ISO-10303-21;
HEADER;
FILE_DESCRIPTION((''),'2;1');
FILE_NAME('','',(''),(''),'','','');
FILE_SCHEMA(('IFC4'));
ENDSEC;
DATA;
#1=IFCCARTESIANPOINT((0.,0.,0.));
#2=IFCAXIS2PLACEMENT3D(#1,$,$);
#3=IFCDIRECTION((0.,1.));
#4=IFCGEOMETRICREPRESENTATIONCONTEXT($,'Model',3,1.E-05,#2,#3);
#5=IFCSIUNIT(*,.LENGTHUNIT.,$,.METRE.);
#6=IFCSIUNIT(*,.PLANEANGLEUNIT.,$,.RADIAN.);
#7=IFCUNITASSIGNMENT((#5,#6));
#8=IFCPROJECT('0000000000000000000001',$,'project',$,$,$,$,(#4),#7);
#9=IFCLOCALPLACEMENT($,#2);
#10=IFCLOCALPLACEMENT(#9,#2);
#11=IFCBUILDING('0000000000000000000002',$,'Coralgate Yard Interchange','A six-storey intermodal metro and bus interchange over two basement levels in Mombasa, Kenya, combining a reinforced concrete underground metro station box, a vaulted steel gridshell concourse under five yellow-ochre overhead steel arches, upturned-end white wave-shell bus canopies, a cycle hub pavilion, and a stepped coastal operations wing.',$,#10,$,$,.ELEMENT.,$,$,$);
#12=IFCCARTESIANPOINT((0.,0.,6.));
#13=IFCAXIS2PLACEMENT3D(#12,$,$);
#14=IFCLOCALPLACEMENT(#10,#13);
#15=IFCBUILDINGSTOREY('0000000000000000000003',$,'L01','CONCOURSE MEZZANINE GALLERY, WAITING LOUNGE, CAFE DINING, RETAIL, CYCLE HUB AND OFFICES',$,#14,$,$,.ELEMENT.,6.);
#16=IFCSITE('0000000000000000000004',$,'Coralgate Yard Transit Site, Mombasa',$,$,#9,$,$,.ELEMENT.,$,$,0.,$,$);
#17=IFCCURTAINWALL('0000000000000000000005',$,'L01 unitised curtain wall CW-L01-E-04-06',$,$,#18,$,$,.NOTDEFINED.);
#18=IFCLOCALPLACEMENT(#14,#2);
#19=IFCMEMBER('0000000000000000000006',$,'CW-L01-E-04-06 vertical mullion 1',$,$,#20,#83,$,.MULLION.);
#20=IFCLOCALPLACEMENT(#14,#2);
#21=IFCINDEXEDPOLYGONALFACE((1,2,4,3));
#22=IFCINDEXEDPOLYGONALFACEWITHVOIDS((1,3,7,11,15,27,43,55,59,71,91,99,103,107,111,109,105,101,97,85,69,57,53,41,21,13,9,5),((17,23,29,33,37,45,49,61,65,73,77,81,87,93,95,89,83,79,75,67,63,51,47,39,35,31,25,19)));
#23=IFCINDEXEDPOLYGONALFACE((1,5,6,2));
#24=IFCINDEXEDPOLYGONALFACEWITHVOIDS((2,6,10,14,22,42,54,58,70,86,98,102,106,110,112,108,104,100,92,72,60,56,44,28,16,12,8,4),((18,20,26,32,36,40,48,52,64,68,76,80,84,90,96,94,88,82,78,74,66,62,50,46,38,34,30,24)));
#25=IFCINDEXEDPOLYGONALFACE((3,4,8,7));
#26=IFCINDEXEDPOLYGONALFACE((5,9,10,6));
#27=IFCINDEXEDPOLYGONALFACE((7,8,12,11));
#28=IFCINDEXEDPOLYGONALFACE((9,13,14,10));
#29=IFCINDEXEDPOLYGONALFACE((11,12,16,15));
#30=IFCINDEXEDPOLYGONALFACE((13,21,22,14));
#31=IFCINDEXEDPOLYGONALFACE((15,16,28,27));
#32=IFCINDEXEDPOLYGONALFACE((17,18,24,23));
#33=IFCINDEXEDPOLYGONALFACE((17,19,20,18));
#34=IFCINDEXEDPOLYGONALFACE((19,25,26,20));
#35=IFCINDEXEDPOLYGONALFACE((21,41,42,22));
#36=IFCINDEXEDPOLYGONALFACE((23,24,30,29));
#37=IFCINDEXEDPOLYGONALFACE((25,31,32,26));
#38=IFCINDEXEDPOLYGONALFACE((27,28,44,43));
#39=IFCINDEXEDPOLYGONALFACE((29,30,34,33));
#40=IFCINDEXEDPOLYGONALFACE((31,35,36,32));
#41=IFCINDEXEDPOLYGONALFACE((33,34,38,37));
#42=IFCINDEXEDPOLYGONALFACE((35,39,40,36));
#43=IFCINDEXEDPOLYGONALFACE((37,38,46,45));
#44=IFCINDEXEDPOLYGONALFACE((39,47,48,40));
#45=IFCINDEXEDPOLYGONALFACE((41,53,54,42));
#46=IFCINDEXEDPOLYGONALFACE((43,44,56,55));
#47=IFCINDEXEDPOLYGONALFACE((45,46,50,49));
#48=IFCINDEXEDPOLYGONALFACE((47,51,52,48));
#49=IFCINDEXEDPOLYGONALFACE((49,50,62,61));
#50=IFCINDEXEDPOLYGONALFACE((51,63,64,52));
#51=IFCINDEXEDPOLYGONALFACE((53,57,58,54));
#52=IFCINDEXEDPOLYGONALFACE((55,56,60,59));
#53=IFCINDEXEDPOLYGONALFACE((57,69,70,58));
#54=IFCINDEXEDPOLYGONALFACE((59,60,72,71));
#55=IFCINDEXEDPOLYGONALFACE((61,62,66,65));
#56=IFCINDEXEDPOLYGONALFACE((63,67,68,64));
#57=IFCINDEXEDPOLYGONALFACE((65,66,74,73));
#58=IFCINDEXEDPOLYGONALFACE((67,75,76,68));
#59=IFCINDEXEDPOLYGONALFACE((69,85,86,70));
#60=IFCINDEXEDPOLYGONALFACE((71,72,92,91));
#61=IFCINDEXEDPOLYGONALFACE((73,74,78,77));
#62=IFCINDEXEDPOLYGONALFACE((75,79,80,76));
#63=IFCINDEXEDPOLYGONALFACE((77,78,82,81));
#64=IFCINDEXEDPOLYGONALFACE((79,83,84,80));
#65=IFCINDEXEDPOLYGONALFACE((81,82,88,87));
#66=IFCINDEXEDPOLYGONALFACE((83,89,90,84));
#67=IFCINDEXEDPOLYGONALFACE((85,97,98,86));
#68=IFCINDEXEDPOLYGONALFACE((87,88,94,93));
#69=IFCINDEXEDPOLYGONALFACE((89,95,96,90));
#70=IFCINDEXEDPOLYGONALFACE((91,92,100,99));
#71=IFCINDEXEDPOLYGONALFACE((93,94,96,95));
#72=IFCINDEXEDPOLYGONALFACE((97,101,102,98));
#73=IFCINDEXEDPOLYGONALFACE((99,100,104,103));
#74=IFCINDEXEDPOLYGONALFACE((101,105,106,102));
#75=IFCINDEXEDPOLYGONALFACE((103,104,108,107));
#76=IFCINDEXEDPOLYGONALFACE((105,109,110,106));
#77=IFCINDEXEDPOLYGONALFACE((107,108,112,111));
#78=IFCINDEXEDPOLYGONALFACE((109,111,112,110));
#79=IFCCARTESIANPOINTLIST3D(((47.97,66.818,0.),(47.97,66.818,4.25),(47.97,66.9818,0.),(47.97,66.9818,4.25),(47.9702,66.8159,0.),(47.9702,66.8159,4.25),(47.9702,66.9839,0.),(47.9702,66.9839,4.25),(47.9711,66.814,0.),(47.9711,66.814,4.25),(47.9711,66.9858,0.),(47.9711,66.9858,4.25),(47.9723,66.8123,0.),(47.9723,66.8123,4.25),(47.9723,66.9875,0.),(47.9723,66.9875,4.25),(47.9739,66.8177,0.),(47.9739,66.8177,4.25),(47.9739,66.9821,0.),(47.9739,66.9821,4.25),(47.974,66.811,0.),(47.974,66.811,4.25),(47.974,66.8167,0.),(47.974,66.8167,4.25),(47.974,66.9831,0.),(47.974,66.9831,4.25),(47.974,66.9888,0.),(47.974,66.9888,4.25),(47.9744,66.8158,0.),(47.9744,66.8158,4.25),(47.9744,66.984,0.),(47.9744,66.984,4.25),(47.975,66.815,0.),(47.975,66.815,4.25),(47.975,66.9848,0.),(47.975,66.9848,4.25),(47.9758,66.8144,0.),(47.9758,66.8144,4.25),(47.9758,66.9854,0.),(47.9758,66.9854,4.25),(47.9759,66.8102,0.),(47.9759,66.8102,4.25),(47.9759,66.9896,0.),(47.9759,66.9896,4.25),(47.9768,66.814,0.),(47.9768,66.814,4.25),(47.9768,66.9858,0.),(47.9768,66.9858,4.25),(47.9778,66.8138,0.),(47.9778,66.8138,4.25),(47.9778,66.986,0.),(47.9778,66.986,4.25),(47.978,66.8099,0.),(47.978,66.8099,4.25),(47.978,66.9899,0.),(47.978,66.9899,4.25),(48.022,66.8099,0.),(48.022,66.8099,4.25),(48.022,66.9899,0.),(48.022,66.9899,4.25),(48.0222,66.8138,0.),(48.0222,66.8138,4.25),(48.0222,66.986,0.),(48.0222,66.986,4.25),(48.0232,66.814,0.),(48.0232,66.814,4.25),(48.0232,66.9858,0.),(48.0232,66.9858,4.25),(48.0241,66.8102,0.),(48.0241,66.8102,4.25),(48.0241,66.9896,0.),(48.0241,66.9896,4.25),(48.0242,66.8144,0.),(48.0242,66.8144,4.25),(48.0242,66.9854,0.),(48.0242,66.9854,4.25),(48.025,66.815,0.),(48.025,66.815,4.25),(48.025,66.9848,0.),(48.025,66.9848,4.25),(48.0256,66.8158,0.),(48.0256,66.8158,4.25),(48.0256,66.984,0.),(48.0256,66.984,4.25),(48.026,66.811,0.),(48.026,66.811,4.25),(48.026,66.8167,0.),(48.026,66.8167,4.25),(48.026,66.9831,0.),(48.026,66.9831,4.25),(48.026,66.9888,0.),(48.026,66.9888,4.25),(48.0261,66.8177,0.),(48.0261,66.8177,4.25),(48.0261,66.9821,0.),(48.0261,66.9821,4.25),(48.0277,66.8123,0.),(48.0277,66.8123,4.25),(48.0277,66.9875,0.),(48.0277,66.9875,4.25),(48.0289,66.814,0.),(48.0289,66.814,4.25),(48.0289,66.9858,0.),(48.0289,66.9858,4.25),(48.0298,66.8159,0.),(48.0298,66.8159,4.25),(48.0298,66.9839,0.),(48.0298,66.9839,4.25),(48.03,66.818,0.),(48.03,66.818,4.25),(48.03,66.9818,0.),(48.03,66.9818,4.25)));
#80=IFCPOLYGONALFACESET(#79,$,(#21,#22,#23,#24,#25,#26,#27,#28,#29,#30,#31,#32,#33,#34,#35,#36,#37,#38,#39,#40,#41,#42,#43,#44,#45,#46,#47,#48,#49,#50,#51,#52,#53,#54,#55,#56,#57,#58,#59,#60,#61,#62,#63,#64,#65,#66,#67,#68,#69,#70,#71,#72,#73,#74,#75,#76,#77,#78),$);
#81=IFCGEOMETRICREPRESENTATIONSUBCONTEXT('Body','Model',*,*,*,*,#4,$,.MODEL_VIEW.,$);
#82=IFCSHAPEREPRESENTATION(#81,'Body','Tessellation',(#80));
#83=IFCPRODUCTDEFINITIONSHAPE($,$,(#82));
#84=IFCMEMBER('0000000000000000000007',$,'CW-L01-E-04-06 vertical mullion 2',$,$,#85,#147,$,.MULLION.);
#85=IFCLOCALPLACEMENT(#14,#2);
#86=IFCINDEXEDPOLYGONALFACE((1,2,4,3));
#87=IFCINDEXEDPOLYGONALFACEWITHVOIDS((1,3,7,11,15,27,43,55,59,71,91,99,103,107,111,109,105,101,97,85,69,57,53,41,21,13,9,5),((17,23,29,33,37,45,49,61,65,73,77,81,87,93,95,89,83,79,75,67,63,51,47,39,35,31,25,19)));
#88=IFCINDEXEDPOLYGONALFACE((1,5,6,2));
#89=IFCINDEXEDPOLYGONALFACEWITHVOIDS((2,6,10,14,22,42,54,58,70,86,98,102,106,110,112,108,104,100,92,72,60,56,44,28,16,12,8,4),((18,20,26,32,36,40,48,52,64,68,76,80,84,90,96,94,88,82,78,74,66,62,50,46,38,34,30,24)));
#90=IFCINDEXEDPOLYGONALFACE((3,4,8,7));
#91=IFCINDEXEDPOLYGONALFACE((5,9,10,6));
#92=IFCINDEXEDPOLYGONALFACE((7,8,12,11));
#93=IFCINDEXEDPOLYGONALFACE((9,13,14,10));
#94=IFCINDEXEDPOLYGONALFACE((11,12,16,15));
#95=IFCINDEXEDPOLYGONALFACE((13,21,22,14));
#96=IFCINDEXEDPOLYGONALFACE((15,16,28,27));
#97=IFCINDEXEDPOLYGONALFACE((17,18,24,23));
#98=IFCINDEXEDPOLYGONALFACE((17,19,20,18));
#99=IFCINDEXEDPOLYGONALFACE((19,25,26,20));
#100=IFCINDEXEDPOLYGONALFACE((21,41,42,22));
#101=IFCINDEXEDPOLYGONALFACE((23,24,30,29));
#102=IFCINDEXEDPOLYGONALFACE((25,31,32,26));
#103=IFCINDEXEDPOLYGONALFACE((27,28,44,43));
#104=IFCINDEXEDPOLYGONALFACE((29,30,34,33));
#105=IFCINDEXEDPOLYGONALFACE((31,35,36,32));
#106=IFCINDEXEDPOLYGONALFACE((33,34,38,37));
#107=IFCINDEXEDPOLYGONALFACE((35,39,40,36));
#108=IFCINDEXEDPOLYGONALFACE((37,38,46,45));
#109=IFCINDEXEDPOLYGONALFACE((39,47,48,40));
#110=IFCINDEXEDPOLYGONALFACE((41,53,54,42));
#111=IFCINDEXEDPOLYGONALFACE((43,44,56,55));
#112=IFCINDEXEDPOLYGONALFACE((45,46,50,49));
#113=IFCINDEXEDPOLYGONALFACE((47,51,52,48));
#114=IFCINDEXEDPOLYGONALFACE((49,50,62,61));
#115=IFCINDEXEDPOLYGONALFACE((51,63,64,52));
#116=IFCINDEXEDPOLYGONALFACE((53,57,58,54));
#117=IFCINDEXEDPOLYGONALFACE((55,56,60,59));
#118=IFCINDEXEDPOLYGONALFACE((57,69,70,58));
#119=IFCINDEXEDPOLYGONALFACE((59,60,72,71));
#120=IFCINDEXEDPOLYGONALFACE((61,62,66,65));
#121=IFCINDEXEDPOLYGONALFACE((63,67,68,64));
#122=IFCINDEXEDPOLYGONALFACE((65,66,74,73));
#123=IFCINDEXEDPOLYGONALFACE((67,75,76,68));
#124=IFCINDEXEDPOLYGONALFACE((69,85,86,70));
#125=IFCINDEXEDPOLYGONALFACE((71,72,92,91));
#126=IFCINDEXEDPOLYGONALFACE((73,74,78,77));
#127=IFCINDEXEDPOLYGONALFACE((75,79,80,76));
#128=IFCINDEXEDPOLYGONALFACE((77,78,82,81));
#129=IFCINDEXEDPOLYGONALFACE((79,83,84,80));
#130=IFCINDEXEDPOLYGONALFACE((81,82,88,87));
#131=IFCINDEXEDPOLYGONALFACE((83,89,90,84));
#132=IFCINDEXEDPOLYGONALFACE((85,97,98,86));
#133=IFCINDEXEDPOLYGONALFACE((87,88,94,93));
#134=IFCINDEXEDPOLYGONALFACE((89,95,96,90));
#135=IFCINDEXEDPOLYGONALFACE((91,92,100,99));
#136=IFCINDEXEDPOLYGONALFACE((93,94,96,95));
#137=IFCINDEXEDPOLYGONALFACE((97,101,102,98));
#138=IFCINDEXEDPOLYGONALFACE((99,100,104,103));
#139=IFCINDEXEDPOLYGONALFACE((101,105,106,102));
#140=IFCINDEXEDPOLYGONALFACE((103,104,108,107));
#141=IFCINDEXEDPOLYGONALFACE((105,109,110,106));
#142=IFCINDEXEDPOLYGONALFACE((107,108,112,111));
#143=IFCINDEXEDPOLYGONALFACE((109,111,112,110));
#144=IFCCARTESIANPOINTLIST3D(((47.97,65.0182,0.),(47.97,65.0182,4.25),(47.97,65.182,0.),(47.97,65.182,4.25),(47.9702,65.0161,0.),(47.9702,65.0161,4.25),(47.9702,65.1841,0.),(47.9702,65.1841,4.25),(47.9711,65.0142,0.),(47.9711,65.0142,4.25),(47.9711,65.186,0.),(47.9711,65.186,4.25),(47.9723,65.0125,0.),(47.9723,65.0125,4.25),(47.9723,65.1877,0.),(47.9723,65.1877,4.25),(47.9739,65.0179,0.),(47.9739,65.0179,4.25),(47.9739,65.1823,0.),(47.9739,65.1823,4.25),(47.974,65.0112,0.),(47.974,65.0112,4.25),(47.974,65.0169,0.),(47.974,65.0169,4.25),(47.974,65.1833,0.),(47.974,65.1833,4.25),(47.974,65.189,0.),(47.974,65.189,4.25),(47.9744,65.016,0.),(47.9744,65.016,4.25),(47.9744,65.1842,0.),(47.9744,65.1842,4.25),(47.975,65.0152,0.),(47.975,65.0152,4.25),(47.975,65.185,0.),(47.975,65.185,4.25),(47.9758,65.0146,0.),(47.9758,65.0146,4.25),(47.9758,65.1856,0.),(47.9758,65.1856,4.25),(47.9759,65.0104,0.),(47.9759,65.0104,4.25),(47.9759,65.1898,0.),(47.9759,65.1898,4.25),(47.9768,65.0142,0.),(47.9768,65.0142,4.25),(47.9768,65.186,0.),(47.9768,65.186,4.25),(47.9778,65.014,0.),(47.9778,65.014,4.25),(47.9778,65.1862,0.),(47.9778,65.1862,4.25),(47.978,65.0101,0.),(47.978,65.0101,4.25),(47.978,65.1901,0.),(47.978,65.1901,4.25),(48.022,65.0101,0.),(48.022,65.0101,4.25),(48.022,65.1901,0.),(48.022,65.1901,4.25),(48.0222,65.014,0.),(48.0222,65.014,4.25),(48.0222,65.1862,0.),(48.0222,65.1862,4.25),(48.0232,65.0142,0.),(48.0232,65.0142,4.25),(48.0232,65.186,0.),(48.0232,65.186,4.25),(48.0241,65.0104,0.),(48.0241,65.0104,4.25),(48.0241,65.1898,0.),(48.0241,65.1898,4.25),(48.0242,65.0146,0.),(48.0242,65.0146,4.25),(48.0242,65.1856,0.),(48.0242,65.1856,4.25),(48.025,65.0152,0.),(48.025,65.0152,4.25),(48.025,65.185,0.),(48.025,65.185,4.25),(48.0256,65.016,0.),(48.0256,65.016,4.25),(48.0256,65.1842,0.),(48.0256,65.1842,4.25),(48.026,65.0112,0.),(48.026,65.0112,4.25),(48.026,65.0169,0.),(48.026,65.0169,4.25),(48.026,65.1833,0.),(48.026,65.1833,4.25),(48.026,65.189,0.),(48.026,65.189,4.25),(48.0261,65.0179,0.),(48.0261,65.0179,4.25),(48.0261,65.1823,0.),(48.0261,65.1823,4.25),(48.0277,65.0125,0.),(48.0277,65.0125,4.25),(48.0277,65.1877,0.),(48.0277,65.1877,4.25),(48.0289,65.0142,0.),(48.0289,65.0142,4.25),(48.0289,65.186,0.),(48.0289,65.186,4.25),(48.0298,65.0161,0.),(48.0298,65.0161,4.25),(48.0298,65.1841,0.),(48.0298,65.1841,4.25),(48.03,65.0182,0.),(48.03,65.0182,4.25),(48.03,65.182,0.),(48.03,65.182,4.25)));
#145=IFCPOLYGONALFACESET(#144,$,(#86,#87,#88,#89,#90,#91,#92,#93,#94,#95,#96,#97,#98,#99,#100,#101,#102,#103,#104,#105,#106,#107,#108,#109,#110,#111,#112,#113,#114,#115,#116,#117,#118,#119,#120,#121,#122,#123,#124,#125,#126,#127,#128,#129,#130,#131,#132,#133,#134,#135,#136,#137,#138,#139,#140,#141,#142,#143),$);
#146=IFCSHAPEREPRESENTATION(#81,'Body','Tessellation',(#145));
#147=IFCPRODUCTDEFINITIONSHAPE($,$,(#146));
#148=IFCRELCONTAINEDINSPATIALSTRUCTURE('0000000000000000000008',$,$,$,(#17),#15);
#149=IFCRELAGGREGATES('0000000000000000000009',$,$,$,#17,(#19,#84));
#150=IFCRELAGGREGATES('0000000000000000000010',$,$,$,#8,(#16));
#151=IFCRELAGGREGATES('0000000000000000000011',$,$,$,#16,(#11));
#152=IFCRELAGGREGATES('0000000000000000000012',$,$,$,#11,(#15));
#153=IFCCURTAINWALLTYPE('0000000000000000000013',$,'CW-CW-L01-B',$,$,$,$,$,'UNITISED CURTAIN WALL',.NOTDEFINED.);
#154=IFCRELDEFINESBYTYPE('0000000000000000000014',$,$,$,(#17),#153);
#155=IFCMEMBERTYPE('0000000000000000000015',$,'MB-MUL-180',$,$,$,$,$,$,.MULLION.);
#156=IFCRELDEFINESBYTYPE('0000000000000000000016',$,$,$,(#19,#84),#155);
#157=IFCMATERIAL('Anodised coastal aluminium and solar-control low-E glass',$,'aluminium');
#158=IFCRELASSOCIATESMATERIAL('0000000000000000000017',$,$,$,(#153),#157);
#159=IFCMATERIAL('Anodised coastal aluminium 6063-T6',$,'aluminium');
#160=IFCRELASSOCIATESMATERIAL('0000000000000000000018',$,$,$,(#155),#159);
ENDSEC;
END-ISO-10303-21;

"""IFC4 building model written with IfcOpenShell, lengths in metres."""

from ifc_helpers import new_model, si_unit, direction, frame, origin, origin_2d, place, context, subcontext, project, spatial, hollow_rectangle, extrude, material, material_profile, profile_set, type_object, element, aggregate, save


model = new_model("IFC4")

# Units and contexts
model_context = context("Model", 3, precision=1e-05, world=origin(), true_north=direction((0.0, 1.0)))
body_context = subcontext(model_context, "Body", "Model", "MODEL_VIEW")
ifc_project = project(units=[si_unit("LENGTHUNIT", "METRE"), si_unit("PLANEANGLEUNIT", "RADIAN")], contexts=[model_context])

# Site, building, storey
site_placement = place(None, origin())
site = spatial("IfcSite", under=ifc_project, at=site_placement, Name="Coralgate Yard Transit Site, Mombasa", CompositionType="ELEMENT", RefElevation=0.0)
building_placement = place(site_placement, origin())
building = spatial("IfcBuilding", under=site, at=building_placement, Name="Coralgate Yard Interchange", Description="A six-storey intermodal metro and bus interchange over two basement levels in Mombasa, Kenya, combining a reinforced concrete underground metro station box, a vaulted steel gridshell concourse under five yellow-ochre overhead steel arches, upturned-end white wave-shell bus canopies, a cycle hub pavilion, and a stepped coastal operations wing.", CompositionType="ELEMENT")
storey_placement = place(building_placement, frame((0.0, 0.0, 6.0)))
storey = spatial("IfcBuildingStorey", under=building, at=storey_placement, Name="L01", Description="CONCOURSE MEZZANINE GALLERY, WAITING LOUNGE, CAFE DINING, RETAIL, CYCLE HUB AND OFFICES", CompositionType="ELEMENT", Elevation=6.0)

# Curtain wall, members
ifc_material_1 = material(Name="Anodised coastal aluminium and solar-control low-E glass", Category="aluminium")
curtain_wall_type_1 = type_object("IfcCurtainWallType", Name="CW-CW-L01-B", ElementType="UNITISED CURTAIN WALL", PredefinedType="NOTDEFINED", material=ifc_material_1)
curtain_wall_1_placement = place(storey_placement, origin())
curtain_wall_1 = element("IfcCurtainWall", 1, at=curtain_wall_1_placement, inside=storey, type_object=curtain_wall_type_1, Name="L01 unitised curtain wall CW-L01-E-04-06", PredefinedType="NOTDEFINED")
ifc_material_2 = material(Name="Anodised coastal aluminium 6063-T6", Category="aluminium")
ifc_material_profile_1 = material_profile(ifc_material_2, hollow_rectangle(XDim=0.0601, YDim=0.1799, WallThickness=0.0039, InnerFilletRadius=0.0039, OuterFilletRadius=0.0081, at=origin_2d()), Name="ALU 60x180x4")
ifc_profile_set_1 = profile_set([ifc_material_profile_1], Name="Anodised coastal aluminium 6063-T6")
member_type_1 = type_object("IfcMemberType", Name="MB-MUL-180", PredefinedType="MULLION", material=ifc_profile_set_1)
member_1_placement = place(storey_placement, frame((48.0, 66.8999, 0.0), z_axis=(0.0, 0.0, 1.0), x_axis=(1.0, 0.0, 0.0)))
member_1 = element("IfcMember", 2, at=member_1_placement, type_object=member_type_1, Name="CW-L01-E-04-06 vertical mullion 1", PredefinedType="MULLION", context=body_context, shape_type="SweptSolid", body=[
    extrude(hollow_rectangle(XDim=0.0601, YDim=0.1799, WallThickness=0.0039, InnerFilletRadius=0.0039, OuterFilletRadius=0.0081, at=origin_2d()), origin(), (0.0, 0.0, 1.0), 4.25),
])
member_2_placement = place(storey_placement, frame((48.0, 65.1001, 0.0), z_axis=(0.0, 0.0, 1.0), x_axis=(1.0, 0.0, 0.0)))
member_2 = element("IfcMember", 3, at=member_2_placement, type_object=member_type_1, Name="CW-L01-E-04-06 vertical mullion 2", PredefinedType="MULLION", context=body_context, shape_type="SweptSolid", body=[
    extrude(hollow_rectangle(XDim=0.0601, YDim=0.1799, WallThickness=0.0039, InnerFilletRadius=0.0039, OuterFilletRadius=0.0081, at=origin_2d()), origin(), (0.0, 0.0, 1.0), 4.25),
])

aggregate(curtain_wall_1, [member_1, member_2])

save(model, "model.ifc")
